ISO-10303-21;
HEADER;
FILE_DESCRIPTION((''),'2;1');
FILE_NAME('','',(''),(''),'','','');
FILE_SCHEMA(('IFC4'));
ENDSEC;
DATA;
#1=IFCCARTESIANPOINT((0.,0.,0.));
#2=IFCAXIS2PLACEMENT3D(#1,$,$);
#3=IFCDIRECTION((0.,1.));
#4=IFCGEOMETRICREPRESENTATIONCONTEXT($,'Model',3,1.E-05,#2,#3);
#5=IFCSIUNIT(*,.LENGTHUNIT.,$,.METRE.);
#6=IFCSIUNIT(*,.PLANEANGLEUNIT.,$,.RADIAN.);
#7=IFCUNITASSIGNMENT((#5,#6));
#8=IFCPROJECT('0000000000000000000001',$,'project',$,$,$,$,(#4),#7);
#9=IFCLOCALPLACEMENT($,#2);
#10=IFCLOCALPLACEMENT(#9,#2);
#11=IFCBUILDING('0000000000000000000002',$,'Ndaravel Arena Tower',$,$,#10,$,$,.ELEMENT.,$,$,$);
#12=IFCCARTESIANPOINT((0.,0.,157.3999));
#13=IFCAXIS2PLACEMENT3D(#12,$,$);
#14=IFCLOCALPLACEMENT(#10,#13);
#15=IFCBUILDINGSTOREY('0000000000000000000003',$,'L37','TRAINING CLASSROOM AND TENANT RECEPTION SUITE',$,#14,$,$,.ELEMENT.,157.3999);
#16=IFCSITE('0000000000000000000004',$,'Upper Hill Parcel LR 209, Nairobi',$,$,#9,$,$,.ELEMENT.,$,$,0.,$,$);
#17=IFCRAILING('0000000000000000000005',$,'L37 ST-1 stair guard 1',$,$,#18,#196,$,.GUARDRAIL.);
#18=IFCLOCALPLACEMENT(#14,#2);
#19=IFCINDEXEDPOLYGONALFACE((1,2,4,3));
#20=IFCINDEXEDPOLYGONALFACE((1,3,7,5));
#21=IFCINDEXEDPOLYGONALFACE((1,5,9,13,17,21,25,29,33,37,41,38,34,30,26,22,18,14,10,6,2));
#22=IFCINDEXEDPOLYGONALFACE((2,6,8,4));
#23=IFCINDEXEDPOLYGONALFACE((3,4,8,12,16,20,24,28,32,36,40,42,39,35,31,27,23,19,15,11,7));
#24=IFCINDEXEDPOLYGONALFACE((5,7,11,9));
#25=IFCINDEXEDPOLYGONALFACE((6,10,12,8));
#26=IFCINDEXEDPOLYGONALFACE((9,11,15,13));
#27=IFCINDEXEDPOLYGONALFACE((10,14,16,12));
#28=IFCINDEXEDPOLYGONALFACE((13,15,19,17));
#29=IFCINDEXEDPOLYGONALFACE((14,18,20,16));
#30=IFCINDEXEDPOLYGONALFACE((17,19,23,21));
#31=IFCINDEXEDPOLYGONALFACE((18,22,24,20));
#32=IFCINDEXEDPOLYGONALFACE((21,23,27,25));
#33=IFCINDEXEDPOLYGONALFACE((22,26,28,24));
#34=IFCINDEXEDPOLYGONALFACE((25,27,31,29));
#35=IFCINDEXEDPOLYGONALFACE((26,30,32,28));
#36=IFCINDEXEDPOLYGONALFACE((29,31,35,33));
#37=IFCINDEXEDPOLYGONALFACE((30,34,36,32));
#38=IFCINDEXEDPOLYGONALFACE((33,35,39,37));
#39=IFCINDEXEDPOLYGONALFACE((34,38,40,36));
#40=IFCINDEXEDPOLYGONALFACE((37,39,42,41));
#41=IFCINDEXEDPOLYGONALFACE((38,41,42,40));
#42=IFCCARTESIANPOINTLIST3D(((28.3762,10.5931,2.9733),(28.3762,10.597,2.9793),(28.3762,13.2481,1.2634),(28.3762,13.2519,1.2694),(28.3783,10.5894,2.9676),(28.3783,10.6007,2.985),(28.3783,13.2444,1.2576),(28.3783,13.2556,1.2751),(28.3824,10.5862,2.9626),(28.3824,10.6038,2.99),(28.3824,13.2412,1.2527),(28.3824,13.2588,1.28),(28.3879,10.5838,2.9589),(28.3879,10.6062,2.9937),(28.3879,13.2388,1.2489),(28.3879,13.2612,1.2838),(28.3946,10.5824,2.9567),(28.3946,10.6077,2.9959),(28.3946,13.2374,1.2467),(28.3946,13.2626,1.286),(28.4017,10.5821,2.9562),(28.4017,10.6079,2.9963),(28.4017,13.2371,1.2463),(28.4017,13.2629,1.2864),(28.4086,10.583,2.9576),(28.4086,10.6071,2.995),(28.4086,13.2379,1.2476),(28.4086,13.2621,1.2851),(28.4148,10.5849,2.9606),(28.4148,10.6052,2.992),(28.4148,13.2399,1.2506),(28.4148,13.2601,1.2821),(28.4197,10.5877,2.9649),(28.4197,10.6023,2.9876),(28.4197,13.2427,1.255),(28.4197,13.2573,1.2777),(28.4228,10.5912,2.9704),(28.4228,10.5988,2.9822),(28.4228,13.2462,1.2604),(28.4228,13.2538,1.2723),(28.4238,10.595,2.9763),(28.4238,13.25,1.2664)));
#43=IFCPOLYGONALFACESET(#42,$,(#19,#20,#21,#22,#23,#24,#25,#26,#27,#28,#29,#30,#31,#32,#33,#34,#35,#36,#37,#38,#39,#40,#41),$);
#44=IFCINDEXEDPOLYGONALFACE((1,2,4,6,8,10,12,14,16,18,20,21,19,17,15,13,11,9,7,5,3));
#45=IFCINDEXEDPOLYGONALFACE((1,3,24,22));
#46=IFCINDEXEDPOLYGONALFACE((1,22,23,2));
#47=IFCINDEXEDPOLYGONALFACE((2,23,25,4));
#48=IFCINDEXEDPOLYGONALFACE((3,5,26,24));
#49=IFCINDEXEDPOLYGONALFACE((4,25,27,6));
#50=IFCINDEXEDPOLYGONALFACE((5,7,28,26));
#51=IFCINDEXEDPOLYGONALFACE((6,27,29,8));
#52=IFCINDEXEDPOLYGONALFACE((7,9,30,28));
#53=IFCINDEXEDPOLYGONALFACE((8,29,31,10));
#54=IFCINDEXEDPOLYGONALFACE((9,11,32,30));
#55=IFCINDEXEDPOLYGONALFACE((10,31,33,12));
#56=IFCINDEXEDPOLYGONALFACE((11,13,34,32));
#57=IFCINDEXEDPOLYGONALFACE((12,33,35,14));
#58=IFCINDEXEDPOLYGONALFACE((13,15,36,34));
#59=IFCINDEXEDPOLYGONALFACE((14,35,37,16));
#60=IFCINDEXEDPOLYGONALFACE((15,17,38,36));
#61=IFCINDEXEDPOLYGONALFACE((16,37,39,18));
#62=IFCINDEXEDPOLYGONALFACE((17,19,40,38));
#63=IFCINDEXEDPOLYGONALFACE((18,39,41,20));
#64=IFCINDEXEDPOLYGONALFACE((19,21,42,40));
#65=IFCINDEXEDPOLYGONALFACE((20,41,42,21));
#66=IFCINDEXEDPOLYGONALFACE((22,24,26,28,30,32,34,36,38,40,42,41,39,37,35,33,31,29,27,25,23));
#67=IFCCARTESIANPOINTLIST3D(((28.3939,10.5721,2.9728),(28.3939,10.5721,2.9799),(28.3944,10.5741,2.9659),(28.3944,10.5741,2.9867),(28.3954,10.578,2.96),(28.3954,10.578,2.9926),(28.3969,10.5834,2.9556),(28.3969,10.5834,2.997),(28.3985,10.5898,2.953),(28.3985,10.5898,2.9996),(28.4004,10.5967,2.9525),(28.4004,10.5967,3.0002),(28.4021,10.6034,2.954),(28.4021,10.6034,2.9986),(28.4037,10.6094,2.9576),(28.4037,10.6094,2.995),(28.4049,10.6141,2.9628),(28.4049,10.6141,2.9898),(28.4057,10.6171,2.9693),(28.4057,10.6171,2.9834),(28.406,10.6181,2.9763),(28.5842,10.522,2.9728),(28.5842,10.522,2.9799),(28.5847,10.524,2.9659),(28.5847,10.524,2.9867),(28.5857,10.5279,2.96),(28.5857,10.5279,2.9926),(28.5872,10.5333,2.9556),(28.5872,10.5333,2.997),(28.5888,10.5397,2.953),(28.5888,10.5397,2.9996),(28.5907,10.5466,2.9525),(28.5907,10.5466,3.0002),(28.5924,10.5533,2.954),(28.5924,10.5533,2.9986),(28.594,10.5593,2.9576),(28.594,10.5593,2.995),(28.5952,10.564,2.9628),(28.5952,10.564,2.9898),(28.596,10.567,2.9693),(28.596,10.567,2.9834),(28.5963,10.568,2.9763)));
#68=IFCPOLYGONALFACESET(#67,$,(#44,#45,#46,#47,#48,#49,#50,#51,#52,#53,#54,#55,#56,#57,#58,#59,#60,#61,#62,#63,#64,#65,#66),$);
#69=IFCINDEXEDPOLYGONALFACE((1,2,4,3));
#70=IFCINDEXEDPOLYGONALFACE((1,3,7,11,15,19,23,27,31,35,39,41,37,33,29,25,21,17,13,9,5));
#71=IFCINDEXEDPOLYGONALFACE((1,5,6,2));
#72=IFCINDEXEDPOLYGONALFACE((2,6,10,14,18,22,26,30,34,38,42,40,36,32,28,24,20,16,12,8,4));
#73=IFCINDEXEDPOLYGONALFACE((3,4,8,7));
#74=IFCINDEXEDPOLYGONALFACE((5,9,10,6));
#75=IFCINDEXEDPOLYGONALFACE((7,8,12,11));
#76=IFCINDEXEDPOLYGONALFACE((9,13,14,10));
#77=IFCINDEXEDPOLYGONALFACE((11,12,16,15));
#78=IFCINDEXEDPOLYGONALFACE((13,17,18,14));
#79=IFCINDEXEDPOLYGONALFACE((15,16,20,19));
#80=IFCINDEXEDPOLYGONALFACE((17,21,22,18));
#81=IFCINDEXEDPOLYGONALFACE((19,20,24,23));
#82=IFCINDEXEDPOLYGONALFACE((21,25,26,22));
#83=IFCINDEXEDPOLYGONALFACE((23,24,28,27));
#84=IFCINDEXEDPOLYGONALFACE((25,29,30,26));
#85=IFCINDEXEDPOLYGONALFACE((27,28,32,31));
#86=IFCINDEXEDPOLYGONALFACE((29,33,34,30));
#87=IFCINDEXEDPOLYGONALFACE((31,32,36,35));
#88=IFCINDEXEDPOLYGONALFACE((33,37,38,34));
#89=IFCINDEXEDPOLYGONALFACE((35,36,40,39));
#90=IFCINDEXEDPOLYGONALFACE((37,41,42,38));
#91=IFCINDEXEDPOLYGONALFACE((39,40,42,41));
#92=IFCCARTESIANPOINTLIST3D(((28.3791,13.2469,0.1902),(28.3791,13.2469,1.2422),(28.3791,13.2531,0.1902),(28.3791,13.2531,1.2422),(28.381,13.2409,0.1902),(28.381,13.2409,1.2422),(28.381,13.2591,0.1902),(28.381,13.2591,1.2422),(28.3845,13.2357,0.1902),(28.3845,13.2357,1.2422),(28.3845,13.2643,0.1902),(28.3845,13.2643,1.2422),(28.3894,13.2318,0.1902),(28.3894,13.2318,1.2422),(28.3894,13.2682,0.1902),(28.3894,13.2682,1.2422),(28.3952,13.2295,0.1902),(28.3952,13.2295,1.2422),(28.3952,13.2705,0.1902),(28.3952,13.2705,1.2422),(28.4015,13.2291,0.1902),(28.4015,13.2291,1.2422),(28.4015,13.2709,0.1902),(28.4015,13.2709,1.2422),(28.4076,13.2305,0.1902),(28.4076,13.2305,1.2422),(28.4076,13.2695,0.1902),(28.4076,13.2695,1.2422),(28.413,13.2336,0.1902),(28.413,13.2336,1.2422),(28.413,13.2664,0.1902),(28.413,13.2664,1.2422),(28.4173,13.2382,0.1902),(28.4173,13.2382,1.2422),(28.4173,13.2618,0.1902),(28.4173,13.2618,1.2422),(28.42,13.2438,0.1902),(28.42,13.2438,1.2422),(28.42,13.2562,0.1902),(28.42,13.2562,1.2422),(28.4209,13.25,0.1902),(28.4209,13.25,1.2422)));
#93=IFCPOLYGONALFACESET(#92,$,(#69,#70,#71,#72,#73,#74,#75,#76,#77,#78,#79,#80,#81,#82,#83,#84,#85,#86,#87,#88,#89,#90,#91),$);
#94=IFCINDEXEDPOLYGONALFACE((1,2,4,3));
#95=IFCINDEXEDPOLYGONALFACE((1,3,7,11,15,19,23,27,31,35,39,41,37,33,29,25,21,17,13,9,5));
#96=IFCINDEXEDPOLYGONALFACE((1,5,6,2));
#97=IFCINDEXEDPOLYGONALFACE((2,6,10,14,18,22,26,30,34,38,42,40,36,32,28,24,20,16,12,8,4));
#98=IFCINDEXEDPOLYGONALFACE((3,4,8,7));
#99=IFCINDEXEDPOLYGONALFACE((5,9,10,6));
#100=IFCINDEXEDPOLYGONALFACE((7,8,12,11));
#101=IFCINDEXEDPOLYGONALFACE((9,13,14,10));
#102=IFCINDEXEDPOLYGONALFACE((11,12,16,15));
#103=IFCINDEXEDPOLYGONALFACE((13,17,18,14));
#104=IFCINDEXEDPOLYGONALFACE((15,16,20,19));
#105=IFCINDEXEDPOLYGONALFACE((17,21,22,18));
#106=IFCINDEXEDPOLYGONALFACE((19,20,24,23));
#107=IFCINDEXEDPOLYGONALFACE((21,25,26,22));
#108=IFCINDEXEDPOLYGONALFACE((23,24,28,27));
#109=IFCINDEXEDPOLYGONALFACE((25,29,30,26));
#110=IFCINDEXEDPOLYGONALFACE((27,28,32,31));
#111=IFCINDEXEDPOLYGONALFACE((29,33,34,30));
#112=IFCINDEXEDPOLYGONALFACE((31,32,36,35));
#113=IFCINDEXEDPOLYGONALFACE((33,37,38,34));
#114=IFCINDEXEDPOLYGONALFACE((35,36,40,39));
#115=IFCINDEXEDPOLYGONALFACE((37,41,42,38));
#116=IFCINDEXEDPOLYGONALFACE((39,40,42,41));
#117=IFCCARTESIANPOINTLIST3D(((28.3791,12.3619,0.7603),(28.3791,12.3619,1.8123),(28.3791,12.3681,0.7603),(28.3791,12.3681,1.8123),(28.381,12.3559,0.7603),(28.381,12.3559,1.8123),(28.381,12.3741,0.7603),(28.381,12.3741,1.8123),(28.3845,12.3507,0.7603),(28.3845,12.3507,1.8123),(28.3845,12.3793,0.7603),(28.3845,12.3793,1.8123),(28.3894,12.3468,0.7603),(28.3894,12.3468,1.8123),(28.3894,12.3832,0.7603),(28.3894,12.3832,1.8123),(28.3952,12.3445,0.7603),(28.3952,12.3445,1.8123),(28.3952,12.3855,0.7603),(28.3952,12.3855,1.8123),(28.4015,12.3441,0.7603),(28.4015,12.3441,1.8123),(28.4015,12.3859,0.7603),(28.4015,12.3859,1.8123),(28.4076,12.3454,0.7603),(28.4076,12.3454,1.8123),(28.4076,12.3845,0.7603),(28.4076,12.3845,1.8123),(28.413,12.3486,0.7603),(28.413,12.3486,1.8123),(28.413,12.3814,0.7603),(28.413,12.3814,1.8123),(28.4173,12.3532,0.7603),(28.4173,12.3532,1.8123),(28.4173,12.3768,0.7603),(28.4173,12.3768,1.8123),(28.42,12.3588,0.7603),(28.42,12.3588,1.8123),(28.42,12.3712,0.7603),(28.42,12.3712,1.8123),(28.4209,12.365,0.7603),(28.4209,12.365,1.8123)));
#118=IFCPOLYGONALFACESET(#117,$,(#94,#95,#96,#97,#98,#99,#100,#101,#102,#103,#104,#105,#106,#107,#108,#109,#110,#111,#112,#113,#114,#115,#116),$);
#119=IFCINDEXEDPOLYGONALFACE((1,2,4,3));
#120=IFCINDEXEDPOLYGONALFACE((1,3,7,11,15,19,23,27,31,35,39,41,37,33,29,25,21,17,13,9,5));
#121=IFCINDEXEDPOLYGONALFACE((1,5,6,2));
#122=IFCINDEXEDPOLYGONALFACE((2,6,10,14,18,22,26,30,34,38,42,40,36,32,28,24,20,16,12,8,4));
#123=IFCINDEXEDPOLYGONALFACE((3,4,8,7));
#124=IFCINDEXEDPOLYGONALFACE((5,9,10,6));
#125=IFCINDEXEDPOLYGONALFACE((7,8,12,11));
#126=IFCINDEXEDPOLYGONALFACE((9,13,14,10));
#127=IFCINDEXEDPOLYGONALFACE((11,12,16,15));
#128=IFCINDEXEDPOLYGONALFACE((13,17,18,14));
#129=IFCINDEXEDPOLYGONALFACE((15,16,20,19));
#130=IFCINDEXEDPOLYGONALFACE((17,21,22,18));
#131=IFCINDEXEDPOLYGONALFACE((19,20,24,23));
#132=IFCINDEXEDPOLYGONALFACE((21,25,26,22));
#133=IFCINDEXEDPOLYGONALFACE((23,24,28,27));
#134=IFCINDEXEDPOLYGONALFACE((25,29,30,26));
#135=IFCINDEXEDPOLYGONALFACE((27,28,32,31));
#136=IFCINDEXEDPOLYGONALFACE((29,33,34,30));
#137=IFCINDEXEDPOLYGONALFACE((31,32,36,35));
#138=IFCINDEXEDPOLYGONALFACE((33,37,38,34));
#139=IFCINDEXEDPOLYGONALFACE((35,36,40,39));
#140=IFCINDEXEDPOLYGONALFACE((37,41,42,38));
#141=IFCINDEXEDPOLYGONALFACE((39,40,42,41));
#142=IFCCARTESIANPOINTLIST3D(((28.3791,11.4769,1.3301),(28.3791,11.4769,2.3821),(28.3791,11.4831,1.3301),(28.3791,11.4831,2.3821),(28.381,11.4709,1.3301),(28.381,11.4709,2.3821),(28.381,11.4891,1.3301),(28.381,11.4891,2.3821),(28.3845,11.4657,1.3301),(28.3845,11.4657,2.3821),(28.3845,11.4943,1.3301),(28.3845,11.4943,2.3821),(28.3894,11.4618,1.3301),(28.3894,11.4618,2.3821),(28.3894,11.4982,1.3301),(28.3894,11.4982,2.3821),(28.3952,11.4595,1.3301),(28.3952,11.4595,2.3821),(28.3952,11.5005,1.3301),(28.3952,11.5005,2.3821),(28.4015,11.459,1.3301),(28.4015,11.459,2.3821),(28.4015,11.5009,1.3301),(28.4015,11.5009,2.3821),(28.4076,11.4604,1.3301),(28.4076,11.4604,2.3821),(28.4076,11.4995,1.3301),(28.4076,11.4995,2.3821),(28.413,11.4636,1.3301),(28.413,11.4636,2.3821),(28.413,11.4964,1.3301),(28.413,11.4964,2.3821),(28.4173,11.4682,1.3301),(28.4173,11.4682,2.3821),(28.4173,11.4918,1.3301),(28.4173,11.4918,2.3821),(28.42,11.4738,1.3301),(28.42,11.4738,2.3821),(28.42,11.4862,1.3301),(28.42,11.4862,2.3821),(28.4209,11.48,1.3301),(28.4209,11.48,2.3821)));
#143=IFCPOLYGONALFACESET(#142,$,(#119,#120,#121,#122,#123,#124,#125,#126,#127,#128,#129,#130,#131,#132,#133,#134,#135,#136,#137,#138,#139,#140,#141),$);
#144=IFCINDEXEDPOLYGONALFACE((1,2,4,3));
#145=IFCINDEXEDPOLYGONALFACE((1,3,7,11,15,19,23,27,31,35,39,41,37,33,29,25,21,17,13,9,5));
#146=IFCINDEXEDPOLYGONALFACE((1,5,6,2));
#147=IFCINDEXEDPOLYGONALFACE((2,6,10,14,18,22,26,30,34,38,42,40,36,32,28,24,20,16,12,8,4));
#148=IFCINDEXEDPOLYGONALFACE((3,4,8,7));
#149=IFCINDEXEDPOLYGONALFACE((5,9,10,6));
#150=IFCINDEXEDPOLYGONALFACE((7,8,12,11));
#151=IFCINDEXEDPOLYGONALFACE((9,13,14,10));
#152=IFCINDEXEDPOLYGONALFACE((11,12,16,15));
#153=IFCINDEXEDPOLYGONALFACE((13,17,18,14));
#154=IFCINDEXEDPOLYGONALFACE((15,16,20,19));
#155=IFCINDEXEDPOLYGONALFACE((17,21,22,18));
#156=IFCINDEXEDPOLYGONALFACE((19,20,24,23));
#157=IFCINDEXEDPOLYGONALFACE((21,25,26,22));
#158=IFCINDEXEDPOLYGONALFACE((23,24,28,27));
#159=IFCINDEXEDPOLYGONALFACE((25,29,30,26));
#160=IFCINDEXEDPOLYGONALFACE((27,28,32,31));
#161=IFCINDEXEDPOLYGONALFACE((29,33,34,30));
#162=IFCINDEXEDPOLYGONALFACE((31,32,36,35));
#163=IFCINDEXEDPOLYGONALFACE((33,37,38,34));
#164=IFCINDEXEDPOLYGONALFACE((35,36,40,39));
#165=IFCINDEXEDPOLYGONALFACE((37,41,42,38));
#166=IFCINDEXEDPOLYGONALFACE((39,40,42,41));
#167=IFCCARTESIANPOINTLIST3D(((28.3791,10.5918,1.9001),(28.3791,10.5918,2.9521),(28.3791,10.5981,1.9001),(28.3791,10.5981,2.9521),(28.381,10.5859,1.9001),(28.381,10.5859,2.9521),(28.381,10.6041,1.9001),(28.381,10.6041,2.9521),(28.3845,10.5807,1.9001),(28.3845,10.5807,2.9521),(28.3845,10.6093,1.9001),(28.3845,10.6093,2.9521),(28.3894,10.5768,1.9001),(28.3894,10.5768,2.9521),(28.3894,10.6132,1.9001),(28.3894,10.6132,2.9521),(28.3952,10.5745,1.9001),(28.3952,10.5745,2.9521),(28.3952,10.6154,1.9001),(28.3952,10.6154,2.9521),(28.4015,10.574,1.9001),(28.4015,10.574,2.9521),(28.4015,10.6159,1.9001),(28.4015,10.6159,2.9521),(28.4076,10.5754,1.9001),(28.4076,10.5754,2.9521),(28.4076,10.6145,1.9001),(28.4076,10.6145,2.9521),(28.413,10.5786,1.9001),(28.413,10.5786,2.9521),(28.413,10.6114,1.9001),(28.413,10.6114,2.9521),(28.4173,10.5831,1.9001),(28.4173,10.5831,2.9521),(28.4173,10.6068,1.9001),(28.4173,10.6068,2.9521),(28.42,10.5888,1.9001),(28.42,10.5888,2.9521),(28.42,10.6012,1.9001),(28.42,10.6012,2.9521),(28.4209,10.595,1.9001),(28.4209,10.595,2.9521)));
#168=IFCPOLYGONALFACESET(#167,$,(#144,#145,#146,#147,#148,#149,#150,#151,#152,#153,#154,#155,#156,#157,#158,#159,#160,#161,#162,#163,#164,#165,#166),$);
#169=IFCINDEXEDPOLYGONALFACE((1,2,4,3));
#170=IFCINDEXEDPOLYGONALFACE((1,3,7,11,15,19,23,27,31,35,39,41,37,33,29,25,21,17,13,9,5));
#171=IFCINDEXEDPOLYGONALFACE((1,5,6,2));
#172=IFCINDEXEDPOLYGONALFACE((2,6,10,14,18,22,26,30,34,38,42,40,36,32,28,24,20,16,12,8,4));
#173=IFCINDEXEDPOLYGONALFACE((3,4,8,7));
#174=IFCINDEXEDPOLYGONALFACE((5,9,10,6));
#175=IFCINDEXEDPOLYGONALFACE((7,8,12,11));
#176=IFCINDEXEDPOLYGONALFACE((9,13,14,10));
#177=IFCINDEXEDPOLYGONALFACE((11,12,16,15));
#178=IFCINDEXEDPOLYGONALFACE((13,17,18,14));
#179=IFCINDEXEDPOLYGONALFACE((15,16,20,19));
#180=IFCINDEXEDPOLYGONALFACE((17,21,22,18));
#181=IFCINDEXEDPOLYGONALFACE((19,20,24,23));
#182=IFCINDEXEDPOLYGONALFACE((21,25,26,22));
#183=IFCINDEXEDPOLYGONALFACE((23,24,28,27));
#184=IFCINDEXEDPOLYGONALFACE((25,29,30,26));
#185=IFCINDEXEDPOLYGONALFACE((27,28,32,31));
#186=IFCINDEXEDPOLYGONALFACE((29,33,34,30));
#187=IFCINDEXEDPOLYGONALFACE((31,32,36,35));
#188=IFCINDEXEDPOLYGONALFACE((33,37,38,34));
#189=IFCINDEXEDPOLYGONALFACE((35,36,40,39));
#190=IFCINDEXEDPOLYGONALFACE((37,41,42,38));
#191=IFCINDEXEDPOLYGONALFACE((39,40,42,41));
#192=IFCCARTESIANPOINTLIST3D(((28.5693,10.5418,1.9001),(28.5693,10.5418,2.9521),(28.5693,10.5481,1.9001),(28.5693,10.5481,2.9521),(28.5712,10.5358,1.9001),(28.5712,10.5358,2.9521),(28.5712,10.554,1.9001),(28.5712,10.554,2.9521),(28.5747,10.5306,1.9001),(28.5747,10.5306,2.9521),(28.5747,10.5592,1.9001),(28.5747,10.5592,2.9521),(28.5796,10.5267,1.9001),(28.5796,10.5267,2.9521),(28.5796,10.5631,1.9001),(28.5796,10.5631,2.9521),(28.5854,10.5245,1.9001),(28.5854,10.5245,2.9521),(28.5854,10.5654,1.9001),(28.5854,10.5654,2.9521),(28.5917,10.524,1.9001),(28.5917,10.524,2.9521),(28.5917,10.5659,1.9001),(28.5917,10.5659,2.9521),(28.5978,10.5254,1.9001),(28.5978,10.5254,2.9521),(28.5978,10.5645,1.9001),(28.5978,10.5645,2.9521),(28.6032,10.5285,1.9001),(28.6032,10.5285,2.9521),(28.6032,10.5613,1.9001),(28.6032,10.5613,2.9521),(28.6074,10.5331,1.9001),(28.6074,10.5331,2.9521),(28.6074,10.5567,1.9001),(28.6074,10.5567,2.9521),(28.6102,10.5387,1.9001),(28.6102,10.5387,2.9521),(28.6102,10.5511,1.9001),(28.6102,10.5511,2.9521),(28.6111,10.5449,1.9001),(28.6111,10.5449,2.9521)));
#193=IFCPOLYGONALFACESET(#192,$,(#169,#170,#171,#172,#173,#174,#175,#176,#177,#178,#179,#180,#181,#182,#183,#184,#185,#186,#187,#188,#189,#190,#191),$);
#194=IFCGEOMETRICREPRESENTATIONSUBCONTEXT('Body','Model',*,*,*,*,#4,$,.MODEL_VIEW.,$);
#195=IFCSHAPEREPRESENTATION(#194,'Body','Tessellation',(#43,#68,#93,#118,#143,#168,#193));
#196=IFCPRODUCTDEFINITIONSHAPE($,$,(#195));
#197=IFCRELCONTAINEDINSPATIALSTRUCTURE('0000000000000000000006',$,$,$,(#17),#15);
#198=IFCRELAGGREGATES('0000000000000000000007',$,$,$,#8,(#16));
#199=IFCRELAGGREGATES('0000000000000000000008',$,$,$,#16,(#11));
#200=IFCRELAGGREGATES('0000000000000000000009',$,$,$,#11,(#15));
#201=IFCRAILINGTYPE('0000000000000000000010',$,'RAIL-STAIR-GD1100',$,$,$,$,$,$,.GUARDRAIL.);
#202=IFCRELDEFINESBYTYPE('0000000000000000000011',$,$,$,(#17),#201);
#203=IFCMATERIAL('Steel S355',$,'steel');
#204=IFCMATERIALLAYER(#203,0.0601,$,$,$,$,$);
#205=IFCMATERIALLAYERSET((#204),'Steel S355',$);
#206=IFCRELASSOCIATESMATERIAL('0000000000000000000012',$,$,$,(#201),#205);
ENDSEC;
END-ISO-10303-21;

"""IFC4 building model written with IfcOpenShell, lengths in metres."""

from ifc_helpers import new_model, si_unit, direction, frame, origin, origin_2d, place, context, subcontext, project, spatial, circle, extrude, material, layer, layer_set, type_object, element, save


model = new_model("IFC4")

# Units and contexts
model_context = context("Model", 3, precision=1e-05, world=origin(), true_north=direction((0.0, 1.0)))
body_context = subcontext(model_context, "Body", "Model", "MODEL_VIEW")
ifc_project = project(units=[si_unit("LENGTHUNIT", "METRE"), si_unit("PLANEANGLEUNIT", "RADIAN")], contexts=[model_context])

# Site, building, storey
site_placement = place(None, origin())
site = spatial("IfcSite", under=ifc_project, at=site_placement, Name="Upper Hill Parcel LR 209, Nairobi", CompositionType="ELEMENT", RefElevation=0.0)
building_placement = place(site_placement, origin())
building = spatial("IfcBuilding", under=site, at=building_placement, Name="Ndaravel Arena Tower", CompositionType="ELEMENT")
storey_placement = place(building_placement, frame((0.0, 0.0, 157.3999)))
storey = spatial("IfcBuildingStorey", under=building, at=storey_placement, Name="L37", Description="TRAINING CLASSROOM AND TENANT RECEPTION SUITE", CompositionType="ELEMENT", Elevation=157.3999)

# Railing
ifc_material_1 = material(Name="Steel S355", Category="steel")
ifc_layer_1 = layer(ifc_material_1, 0.0601)
ifc_layer_set_1 = layer_set([ifc_layer_1], Name="Steel S355")
railing_type_1 = type_object("IfcRailingType", Name="RAIL-STAIR-GD1100", PredefinedType="GUARDRAIL", material=ifc_layer_set_1)
railing_1_placement = place(storey_placement, frame((28.3999, 13.25, 0.1902)))
element("IfcRailing", 1, at=railing_1_placement, inside=storey, type_object=railing_type_1, Name="L37 ST-1 stair guard 1", PredefinedType="GUARDRAIL", context=body_context, shape_type="SweptSolid", body=[
    extrude(circle(Radius=0.0239, at=origin_2d()), frame((0.0, 0.0, 1.0762), z_axis=(0.0, -0.840724, 0.541465), x_axis=(1.0, 0.0, 0.0)), (0.0, 0.0, 1.0), 3.158),
    extrude(circle(Radius=0.0239, at=origin_2d()), frame((0.0, -2.655, 2.7861), z_axis=(0.967075, -0.254493, 0.0), x_axis=(0.254493, 0.967075, 0.0)), (0.0, 0.0, 1.0), 0.1968),
    extrude(circle(Radius=0.021, at=origin_2d()), origin(), (0.0, 0.0, 1.0), 1.052),
    extrude(circle(Radius=0.021, at=origin_2d()), frame((0.0, -0.885, 0.5701)), (0.0, 0.0, 1.0), 1.052),
    extrude(circle(Radius=0.021, at=origin_2d()), frame((0.0, -1.77, 1.1399)), (0.0, 0.0, 1.0), 1.052),
    extrude(circle(Radius=0.021, at=origin_2d()), frame((0.0, -2.655, 1.71)), (0.0, 0.0, 1.0), 1.052),
    extrude(circle(Radius=0.021, at=origin_2d()), frame((0.1902, -2.7051, 1.71)), (0.0, 0.0, 1.0), 1.052),
])

save(model, "model.ifc")
